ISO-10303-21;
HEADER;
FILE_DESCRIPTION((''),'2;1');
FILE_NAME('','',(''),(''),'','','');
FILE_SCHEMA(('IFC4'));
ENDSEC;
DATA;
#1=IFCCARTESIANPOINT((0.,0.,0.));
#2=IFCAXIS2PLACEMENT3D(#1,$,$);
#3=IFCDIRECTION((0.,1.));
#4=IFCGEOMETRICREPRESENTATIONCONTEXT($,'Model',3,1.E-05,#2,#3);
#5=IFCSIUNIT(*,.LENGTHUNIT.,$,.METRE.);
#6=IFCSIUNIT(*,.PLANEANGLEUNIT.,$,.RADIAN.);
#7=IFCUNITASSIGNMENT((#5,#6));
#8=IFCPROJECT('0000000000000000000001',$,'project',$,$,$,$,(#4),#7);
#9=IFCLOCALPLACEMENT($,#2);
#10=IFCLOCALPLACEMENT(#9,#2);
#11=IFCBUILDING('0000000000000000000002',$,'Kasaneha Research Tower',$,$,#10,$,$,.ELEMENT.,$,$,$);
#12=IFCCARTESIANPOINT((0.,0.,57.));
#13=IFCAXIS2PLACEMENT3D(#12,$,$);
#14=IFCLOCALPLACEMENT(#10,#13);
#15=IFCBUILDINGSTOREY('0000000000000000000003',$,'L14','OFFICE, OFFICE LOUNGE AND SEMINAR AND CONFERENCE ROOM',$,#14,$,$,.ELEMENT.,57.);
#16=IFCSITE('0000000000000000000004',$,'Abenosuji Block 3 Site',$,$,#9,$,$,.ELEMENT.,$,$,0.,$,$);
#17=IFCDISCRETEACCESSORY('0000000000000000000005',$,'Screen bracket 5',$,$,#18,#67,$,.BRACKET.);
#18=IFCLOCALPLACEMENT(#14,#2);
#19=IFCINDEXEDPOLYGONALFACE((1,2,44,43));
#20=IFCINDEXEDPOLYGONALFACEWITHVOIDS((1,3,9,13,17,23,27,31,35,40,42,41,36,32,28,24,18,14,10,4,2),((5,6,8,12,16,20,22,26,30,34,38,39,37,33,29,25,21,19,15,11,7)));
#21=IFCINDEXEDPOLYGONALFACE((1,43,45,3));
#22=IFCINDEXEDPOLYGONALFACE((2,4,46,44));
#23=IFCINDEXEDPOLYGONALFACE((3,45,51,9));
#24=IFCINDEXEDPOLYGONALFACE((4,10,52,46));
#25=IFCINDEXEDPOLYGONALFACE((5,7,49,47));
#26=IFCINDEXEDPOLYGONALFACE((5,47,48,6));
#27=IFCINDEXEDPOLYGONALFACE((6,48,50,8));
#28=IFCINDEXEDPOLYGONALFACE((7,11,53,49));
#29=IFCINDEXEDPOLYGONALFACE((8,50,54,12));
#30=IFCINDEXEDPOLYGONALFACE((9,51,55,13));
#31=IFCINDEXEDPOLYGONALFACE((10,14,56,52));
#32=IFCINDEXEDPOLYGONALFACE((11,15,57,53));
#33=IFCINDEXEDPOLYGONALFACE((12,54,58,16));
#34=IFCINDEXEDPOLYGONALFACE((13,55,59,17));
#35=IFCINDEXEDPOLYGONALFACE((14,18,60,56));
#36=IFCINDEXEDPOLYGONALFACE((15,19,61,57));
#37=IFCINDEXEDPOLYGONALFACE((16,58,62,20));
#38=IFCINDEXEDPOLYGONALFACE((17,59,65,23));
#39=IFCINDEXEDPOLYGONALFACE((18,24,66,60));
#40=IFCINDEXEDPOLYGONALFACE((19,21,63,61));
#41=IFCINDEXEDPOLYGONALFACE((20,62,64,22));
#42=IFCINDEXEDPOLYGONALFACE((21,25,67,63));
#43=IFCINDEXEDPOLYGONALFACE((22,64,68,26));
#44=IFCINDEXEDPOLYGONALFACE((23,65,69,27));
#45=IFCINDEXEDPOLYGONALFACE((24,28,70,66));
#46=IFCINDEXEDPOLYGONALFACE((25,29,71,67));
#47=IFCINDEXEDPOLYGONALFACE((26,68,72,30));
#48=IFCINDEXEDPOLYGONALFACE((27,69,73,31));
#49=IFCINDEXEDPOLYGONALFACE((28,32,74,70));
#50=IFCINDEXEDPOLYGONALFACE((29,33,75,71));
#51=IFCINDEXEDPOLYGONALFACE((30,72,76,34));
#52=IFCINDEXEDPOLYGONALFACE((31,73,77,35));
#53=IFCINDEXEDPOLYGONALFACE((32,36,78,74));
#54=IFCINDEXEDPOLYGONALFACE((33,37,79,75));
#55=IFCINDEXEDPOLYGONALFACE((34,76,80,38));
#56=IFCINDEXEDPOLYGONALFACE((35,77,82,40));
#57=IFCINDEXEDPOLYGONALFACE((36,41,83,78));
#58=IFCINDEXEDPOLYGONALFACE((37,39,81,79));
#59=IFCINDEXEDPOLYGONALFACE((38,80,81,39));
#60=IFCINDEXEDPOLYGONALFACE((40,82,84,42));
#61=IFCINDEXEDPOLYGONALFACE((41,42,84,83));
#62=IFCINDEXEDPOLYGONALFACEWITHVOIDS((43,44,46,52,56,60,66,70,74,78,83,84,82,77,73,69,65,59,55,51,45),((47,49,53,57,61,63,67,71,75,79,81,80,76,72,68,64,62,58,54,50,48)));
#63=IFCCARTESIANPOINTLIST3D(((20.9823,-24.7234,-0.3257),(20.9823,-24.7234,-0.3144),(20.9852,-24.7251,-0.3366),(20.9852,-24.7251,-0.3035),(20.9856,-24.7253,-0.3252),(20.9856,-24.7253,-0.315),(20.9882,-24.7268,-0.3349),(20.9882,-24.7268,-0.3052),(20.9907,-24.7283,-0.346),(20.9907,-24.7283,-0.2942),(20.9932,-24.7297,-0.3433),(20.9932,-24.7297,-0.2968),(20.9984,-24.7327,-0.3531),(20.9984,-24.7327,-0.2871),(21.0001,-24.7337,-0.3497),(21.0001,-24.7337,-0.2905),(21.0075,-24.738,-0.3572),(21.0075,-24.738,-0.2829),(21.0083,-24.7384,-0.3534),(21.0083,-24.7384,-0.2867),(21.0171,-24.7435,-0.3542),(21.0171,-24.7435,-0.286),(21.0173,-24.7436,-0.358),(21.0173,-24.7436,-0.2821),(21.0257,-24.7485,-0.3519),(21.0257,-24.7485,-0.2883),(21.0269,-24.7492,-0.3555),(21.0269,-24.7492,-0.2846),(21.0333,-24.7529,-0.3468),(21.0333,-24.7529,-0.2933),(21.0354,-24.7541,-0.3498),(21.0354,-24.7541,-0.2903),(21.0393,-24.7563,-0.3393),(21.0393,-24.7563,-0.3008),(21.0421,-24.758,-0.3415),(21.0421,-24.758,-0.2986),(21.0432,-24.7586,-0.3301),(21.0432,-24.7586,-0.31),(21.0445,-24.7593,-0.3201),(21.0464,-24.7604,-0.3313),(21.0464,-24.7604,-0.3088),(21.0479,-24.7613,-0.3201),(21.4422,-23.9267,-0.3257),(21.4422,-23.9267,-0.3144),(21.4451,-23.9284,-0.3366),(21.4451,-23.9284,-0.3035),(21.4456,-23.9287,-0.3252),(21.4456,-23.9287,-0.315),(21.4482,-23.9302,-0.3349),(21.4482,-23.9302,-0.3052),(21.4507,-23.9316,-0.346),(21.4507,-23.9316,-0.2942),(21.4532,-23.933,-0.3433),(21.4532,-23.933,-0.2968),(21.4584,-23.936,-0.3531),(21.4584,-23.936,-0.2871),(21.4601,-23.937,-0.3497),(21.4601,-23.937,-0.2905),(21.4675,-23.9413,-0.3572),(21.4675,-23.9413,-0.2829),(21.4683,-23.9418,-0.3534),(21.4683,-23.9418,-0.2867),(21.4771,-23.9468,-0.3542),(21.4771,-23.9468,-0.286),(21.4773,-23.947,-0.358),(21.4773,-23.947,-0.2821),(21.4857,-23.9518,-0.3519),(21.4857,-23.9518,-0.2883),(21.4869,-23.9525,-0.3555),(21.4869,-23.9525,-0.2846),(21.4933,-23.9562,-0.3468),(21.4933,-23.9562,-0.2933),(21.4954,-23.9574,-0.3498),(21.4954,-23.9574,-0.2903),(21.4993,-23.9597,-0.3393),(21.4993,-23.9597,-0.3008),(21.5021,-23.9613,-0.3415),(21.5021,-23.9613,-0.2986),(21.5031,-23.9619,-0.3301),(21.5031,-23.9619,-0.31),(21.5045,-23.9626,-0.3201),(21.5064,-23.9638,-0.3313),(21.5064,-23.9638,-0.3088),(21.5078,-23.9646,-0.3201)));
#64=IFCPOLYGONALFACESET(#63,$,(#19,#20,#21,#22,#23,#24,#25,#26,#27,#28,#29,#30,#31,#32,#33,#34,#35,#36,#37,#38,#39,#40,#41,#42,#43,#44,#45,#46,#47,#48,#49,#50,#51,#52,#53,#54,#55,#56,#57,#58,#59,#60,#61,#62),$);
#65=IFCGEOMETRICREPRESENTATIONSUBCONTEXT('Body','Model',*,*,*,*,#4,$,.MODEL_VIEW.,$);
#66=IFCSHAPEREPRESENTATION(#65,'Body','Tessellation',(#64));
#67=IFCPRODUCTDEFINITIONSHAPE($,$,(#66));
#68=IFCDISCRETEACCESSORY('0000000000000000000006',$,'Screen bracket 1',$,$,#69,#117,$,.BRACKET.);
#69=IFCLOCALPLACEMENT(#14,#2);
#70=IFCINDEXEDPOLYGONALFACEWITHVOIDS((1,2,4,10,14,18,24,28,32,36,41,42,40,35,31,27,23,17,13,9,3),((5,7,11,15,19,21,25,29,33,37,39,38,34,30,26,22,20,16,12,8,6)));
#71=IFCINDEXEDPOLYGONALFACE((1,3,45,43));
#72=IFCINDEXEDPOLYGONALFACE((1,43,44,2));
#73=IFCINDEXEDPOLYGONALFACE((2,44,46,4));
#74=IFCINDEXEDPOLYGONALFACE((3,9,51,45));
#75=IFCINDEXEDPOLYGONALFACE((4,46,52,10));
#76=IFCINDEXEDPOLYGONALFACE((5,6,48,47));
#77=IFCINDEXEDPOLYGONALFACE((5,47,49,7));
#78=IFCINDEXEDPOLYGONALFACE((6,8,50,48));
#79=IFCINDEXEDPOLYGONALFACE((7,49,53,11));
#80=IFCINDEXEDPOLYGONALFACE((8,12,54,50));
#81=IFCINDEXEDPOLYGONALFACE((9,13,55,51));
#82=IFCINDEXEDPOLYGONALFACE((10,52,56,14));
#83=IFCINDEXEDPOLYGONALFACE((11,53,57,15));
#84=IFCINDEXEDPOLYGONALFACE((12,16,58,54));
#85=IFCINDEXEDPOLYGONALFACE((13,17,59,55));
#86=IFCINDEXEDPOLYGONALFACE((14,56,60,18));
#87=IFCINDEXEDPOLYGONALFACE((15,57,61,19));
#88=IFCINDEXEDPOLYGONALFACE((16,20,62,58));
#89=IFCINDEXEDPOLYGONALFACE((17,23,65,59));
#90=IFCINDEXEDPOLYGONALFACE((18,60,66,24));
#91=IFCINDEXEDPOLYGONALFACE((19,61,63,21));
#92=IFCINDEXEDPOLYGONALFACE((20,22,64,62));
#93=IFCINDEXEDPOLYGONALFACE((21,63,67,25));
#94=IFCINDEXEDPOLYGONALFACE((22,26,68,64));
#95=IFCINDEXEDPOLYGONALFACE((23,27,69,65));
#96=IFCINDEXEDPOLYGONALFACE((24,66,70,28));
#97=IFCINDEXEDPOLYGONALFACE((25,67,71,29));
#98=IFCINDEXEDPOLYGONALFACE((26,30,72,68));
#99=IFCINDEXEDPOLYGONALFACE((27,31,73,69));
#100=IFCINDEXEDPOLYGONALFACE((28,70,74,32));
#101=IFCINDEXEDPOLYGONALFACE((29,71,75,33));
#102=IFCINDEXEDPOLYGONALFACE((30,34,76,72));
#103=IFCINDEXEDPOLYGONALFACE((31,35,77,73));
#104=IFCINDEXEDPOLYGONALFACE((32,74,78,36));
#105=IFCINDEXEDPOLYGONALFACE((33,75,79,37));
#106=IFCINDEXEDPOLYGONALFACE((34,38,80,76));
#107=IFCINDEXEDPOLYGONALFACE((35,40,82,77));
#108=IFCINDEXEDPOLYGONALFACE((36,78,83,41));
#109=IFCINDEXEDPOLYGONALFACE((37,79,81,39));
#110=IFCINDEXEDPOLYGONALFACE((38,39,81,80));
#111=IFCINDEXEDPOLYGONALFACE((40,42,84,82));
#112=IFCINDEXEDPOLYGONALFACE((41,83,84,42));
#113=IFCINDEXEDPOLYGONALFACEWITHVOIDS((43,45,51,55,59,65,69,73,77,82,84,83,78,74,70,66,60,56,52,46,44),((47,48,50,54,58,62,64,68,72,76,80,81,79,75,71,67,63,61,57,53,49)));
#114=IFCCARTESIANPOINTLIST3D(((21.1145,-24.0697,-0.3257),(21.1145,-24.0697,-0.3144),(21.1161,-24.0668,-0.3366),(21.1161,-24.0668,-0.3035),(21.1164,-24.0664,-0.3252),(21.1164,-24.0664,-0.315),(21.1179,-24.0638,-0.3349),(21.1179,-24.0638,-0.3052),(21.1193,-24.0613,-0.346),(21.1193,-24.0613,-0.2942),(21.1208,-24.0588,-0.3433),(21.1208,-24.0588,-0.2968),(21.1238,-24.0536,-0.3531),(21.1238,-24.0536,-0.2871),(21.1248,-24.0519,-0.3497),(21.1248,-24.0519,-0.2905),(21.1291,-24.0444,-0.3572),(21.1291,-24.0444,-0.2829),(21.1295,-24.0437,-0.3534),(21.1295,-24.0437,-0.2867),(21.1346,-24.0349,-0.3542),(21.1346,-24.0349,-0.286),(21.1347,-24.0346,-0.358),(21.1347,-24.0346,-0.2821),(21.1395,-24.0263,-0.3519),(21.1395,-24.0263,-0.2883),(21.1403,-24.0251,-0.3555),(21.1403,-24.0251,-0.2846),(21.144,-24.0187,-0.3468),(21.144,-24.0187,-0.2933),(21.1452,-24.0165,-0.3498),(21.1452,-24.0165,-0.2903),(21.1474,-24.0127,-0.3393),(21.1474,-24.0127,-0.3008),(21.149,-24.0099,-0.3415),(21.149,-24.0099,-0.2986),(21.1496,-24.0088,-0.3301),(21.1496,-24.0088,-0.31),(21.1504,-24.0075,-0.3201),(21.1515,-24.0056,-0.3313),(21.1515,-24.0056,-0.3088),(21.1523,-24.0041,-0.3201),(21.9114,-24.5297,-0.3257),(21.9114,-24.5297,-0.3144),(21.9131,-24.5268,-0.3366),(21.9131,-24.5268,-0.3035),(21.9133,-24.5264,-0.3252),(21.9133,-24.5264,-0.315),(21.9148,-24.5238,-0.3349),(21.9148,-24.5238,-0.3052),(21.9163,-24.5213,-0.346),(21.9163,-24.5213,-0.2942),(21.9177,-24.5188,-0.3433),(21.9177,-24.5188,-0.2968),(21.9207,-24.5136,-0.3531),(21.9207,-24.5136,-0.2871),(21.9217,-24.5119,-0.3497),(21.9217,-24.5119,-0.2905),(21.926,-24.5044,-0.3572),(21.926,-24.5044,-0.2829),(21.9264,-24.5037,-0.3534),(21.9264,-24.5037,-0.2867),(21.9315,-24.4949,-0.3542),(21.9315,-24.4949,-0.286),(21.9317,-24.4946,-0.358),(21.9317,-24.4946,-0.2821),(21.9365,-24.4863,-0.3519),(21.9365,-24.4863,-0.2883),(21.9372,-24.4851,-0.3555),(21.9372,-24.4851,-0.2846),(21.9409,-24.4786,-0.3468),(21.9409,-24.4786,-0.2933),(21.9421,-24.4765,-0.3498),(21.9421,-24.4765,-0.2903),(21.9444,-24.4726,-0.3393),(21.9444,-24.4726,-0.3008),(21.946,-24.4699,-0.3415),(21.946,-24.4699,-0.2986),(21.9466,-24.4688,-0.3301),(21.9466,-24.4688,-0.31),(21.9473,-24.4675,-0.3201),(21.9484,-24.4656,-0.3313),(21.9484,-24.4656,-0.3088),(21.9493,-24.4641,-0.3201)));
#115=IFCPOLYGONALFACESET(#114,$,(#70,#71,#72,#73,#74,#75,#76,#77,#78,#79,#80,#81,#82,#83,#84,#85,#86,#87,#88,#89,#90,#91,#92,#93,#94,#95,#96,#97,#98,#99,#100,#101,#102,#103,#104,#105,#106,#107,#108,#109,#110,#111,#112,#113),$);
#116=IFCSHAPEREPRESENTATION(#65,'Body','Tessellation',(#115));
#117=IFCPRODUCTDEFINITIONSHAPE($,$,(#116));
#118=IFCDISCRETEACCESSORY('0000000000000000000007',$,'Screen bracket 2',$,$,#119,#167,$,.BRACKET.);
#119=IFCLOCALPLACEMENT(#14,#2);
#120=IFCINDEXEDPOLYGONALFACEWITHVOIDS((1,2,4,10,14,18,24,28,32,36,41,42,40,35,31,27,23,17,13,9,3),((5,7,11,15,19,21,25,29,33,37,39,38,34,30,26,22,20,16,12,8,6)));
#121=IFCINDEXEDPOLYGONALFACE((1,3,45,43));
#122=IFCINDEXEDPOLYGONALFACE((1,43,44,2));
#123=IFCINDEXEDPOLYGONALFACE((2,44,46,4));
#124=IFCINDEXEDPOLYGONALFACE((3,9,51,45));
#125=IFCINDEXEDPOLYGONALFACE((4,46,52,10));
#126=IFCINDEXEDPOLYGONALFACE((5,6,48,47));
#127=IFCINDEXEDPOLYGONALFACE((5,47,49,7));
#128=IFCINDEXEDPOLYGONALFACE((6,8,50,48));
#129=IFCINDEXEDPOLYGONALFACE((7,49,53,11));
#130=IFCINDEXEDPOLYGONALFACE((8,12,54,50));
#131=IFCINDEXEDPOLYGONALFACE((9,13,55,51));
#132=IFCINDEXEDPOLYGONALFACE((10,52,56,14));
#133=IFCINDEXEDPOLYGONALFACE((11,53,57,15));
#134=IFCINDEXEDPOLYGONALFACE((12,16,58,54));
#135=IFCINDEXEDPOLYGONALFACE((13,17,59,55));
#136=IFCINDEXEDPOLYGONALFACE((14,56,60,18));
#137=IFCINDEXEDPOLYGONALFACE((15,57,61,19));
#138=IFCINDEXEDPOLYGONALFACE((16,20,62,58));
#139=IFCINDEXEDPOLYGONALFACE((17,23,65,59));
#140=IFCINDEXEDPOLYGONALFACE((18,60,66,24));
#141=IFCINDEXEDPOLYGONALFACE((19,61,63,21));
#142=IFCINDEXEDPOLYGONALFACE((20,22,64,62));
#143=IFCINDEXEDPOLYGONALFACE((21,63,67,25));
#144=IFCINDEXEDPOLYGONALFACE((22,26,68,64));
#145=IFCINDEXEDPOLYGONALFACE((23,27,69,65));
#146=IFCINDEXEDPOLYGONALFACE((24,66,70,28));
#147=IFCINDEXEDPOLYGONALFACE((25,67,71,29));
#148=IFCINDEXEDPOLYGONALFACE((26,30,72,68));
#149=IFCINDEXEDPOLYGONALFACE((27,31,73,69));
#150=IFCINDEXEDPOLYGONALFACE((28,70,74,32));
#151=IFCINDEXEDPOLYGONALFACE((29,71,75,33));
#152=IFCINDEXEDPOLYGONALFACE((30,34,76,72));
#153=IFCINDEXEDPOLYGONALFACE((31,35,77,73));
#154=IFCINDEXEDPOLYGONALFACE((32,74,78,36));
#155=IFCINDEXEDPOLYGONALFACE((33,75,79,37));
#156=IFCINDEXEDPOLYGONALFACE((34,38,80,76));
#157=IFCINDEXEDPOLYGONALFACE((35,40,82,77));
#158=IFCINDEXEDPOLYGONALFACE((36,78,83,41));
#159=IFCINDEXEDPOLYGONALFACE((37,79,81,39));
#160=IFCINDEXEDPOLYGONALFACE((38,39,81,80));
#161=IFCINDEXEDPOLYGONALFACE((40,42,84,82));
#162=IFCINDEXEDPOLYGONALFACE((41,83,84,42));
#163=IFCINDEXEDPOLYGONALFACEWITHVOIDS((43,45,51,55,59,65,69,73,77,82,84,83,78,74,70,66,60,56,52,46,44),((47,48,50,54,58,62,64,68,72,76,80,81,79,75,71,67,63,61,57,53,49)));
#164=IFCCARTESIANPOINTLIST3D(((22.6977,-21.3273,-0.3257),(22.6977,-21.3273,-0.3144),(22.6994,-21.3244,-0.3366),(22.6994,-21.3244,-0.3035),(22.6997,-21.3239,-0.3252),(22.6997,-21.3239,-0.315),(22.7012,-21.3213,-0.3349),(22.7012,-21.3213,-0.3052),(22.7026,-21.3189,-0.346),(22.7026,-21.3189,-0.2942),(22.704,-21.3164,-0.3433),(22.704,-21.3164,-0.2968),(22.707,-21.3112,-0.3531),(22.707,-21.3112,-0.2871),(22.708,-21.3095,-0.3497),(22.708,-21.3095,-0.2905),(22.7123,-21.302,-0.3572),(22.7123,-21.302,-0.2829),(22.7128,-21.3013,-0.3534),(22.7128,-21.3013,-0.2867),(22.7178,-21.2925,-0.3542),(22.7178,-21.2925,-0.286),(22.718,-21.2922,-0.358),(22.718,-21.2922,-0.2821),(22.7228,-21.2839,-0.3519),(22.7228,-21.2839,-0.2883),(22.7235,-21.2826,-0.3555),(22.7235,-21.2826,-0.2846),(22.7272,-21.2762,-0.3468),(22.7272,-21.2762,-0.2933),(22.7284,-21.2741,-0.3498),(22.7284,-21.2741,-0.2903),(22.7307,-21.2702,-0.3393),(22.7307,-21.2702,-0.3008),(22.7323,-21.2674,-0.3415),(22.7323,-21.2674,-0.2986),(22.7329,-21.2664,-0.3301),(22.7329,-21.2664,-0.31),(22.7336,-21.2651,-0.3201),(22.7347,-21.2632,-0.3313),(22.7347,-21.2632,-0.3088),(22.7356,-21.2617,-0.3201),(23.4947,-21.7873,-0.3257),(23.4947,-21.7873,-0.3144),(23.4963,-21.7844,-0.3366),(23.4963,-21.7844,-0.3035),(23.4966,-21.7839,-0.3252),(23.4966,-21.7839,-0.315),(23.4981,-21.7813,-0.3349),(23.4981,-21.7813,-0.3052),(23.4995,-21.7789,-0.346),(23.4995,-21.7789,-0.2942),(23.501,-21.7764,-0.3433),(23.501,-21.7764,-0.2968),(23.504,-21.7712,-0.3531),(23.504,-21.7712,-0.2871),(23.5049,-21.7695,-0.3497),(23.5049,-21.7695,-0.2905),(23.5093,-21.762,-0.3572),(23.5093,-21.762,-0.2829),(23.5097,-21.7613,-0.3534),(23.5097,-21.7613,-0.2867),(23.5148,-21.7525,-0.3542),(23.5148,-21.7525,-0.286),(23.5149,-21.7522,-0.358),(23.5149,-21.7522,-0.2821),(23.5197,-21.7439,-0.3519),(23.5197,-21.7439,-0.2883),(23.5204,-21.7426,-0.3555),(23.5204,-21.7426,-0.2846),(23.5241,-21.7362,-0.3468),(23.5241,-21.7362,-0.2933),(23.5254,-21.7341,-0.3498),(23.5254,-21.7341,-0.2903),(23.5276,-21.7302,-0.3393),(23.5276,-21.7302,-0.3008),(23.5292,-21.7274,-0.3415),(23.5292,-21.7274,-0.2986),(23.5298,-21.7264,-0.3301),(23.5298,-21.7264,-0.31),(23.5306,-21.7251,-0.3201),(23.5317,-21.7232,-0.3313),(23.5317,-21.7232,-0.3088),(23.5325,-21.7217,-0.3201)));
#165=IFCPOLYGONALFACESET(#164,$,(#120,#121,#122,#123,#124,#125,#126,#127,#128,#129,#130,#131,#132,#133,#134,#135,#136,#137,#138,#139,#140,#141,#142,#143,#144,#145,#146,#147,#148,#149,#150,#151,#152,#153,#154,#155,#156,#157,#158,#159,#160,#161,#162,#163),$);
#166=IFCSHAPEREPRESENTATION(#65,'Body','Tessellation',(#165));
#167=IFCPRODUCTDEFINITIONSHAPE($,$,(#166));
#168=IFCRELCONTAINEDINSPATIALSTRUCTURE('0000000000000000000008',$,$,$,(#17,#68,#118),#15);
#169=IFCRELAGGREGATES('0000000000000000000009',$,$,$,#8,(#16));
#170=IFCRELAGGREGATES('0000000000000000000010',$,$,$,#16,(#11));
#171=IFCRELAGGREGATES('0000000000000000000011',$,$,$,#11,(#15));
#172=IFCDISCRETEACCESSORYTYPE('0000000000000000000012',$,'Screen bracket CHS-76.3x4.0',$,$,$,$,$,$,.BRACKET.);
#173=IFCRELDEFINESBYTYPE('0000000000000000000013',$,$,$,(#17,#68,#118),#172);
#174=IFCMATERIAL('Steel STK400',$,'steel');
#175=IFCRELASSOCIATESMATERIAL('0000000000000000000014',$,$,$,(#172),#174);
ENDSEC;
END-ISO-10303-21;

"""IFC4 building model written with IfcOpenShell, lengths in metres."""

from ifc_helpers import new_model, si_unit, direction, frame, origin, origin_2d, place, context, subcontext, project, spatial, hollow_circle, extrude, material, material_profile, profile_set, type_object, element, save


model = new_model("IFC4")

# Units and contexts
model_context = context("Model", 3, precision=1e-05, world=origin(), true_north=direction((0.0, 1.0)))
body_context = subcontext(model_context, "Body", "Model", "MODEL_VIEW")
ifc_project = project(units=[si_unit("LENGTHUNIT", "METRE"), si_unit("PLANEANGLEUNIT", "RADIAN")], contexts=[model_context])

# Site, building, storey
site_placement = place(None, origin())
site = spatial("IfcSite", under=ifc_project, at=site_placement, Name="Abenosuji Block 3 Site", CompositionType="ELEMENT", RefElevation=0.0)
building_placement = place(site_placement, origin())
building = spatial("IfcBuilding", under=site, at=building_placement, Name="Kasaneha Research Tower", CompositionType="ELEMENT")
storey_placement = place(building_placement, frame((0.0, 0.0, 57.0)))
storey = spatial("IfcBuildingStorey", under=building, at=storey_placement, Name="L14", Description="OFFICE, OFFICE LOUNGE AND SEMINAR AND CONFERENCE ROOM", CompositionType="ELEMENT", Elevation=57.0)

# Discrete accessories
ifc_material = material(Name="Steel STK400", Category="steel")
ifc_material_profile = material_profile(ifc_material, hollow_circle(Radius=0.0381, WallThickness=0.0039, at=origin_2d()), Name="CHS-76.3x4.0")
ifc_profile_set = profile_set([ifc_material_profile], Name="Steel STK400")
discrete_accessory_type = type_object("IfcDiscreteAccessoryType", Name="Screen bracket CHS-76.3x4.0", PredefinedType="BRACKET", material=ifc_profile_set)
discrete_accessory_1_placement = place(storey_placement, frame((21.4749, -23.9456, -0.3201), z_axis=(-0.500021, -0.866013, 0.0), x_axis=(0.866013, -0.500021, 0.0)))
element("IfcDiscreteAccessory", 1, at=discrete_accessory_1_placement, inside=storey, type_object=discrete_accessory_type, Name="Screen bracket 5", PredefinedType="BRACKET", context=body_context, shape_type="SweptSolid", body=[
    extrude(hollow_circle(Radius=0.0381, WallThickness=0.0039, at=origin_2d()), origin(), (0.0, 0.0, 1.0), 0.9199),
])
for number, where, z_axis, x_axis, name in (
    (2, (21.1333, -24.0371, -0.3201), (0.86608, -0.499906, 0.0), (0.499906, 0.86608, 0.0), "Screen bracket 1"),
    (3, (22.7166, -21.2947, -0.3201), (0.86608, -0.499906, 0.0), (0.499906, 0.86608, 0.0), "Screen bracket 2"),
):
    element("IfcDiscreteAccessory", number, at=place(storey_placement, frame(where, z_axis=z_axis, x_axis=x_axis)), inside=storey, type_object=discrete_accessory_type, Name=name, PredefinedType="BRACKET", context=body_context, shape_type="SweptSolid", body=[
        extrude(hollow_circle(Radius=0.0381, WallThickness=0.0039, at=origin_2d()), origin(), (0.0, 0.0, 1.0), 0.9202),
    ])

save(model, "model.ifc")
